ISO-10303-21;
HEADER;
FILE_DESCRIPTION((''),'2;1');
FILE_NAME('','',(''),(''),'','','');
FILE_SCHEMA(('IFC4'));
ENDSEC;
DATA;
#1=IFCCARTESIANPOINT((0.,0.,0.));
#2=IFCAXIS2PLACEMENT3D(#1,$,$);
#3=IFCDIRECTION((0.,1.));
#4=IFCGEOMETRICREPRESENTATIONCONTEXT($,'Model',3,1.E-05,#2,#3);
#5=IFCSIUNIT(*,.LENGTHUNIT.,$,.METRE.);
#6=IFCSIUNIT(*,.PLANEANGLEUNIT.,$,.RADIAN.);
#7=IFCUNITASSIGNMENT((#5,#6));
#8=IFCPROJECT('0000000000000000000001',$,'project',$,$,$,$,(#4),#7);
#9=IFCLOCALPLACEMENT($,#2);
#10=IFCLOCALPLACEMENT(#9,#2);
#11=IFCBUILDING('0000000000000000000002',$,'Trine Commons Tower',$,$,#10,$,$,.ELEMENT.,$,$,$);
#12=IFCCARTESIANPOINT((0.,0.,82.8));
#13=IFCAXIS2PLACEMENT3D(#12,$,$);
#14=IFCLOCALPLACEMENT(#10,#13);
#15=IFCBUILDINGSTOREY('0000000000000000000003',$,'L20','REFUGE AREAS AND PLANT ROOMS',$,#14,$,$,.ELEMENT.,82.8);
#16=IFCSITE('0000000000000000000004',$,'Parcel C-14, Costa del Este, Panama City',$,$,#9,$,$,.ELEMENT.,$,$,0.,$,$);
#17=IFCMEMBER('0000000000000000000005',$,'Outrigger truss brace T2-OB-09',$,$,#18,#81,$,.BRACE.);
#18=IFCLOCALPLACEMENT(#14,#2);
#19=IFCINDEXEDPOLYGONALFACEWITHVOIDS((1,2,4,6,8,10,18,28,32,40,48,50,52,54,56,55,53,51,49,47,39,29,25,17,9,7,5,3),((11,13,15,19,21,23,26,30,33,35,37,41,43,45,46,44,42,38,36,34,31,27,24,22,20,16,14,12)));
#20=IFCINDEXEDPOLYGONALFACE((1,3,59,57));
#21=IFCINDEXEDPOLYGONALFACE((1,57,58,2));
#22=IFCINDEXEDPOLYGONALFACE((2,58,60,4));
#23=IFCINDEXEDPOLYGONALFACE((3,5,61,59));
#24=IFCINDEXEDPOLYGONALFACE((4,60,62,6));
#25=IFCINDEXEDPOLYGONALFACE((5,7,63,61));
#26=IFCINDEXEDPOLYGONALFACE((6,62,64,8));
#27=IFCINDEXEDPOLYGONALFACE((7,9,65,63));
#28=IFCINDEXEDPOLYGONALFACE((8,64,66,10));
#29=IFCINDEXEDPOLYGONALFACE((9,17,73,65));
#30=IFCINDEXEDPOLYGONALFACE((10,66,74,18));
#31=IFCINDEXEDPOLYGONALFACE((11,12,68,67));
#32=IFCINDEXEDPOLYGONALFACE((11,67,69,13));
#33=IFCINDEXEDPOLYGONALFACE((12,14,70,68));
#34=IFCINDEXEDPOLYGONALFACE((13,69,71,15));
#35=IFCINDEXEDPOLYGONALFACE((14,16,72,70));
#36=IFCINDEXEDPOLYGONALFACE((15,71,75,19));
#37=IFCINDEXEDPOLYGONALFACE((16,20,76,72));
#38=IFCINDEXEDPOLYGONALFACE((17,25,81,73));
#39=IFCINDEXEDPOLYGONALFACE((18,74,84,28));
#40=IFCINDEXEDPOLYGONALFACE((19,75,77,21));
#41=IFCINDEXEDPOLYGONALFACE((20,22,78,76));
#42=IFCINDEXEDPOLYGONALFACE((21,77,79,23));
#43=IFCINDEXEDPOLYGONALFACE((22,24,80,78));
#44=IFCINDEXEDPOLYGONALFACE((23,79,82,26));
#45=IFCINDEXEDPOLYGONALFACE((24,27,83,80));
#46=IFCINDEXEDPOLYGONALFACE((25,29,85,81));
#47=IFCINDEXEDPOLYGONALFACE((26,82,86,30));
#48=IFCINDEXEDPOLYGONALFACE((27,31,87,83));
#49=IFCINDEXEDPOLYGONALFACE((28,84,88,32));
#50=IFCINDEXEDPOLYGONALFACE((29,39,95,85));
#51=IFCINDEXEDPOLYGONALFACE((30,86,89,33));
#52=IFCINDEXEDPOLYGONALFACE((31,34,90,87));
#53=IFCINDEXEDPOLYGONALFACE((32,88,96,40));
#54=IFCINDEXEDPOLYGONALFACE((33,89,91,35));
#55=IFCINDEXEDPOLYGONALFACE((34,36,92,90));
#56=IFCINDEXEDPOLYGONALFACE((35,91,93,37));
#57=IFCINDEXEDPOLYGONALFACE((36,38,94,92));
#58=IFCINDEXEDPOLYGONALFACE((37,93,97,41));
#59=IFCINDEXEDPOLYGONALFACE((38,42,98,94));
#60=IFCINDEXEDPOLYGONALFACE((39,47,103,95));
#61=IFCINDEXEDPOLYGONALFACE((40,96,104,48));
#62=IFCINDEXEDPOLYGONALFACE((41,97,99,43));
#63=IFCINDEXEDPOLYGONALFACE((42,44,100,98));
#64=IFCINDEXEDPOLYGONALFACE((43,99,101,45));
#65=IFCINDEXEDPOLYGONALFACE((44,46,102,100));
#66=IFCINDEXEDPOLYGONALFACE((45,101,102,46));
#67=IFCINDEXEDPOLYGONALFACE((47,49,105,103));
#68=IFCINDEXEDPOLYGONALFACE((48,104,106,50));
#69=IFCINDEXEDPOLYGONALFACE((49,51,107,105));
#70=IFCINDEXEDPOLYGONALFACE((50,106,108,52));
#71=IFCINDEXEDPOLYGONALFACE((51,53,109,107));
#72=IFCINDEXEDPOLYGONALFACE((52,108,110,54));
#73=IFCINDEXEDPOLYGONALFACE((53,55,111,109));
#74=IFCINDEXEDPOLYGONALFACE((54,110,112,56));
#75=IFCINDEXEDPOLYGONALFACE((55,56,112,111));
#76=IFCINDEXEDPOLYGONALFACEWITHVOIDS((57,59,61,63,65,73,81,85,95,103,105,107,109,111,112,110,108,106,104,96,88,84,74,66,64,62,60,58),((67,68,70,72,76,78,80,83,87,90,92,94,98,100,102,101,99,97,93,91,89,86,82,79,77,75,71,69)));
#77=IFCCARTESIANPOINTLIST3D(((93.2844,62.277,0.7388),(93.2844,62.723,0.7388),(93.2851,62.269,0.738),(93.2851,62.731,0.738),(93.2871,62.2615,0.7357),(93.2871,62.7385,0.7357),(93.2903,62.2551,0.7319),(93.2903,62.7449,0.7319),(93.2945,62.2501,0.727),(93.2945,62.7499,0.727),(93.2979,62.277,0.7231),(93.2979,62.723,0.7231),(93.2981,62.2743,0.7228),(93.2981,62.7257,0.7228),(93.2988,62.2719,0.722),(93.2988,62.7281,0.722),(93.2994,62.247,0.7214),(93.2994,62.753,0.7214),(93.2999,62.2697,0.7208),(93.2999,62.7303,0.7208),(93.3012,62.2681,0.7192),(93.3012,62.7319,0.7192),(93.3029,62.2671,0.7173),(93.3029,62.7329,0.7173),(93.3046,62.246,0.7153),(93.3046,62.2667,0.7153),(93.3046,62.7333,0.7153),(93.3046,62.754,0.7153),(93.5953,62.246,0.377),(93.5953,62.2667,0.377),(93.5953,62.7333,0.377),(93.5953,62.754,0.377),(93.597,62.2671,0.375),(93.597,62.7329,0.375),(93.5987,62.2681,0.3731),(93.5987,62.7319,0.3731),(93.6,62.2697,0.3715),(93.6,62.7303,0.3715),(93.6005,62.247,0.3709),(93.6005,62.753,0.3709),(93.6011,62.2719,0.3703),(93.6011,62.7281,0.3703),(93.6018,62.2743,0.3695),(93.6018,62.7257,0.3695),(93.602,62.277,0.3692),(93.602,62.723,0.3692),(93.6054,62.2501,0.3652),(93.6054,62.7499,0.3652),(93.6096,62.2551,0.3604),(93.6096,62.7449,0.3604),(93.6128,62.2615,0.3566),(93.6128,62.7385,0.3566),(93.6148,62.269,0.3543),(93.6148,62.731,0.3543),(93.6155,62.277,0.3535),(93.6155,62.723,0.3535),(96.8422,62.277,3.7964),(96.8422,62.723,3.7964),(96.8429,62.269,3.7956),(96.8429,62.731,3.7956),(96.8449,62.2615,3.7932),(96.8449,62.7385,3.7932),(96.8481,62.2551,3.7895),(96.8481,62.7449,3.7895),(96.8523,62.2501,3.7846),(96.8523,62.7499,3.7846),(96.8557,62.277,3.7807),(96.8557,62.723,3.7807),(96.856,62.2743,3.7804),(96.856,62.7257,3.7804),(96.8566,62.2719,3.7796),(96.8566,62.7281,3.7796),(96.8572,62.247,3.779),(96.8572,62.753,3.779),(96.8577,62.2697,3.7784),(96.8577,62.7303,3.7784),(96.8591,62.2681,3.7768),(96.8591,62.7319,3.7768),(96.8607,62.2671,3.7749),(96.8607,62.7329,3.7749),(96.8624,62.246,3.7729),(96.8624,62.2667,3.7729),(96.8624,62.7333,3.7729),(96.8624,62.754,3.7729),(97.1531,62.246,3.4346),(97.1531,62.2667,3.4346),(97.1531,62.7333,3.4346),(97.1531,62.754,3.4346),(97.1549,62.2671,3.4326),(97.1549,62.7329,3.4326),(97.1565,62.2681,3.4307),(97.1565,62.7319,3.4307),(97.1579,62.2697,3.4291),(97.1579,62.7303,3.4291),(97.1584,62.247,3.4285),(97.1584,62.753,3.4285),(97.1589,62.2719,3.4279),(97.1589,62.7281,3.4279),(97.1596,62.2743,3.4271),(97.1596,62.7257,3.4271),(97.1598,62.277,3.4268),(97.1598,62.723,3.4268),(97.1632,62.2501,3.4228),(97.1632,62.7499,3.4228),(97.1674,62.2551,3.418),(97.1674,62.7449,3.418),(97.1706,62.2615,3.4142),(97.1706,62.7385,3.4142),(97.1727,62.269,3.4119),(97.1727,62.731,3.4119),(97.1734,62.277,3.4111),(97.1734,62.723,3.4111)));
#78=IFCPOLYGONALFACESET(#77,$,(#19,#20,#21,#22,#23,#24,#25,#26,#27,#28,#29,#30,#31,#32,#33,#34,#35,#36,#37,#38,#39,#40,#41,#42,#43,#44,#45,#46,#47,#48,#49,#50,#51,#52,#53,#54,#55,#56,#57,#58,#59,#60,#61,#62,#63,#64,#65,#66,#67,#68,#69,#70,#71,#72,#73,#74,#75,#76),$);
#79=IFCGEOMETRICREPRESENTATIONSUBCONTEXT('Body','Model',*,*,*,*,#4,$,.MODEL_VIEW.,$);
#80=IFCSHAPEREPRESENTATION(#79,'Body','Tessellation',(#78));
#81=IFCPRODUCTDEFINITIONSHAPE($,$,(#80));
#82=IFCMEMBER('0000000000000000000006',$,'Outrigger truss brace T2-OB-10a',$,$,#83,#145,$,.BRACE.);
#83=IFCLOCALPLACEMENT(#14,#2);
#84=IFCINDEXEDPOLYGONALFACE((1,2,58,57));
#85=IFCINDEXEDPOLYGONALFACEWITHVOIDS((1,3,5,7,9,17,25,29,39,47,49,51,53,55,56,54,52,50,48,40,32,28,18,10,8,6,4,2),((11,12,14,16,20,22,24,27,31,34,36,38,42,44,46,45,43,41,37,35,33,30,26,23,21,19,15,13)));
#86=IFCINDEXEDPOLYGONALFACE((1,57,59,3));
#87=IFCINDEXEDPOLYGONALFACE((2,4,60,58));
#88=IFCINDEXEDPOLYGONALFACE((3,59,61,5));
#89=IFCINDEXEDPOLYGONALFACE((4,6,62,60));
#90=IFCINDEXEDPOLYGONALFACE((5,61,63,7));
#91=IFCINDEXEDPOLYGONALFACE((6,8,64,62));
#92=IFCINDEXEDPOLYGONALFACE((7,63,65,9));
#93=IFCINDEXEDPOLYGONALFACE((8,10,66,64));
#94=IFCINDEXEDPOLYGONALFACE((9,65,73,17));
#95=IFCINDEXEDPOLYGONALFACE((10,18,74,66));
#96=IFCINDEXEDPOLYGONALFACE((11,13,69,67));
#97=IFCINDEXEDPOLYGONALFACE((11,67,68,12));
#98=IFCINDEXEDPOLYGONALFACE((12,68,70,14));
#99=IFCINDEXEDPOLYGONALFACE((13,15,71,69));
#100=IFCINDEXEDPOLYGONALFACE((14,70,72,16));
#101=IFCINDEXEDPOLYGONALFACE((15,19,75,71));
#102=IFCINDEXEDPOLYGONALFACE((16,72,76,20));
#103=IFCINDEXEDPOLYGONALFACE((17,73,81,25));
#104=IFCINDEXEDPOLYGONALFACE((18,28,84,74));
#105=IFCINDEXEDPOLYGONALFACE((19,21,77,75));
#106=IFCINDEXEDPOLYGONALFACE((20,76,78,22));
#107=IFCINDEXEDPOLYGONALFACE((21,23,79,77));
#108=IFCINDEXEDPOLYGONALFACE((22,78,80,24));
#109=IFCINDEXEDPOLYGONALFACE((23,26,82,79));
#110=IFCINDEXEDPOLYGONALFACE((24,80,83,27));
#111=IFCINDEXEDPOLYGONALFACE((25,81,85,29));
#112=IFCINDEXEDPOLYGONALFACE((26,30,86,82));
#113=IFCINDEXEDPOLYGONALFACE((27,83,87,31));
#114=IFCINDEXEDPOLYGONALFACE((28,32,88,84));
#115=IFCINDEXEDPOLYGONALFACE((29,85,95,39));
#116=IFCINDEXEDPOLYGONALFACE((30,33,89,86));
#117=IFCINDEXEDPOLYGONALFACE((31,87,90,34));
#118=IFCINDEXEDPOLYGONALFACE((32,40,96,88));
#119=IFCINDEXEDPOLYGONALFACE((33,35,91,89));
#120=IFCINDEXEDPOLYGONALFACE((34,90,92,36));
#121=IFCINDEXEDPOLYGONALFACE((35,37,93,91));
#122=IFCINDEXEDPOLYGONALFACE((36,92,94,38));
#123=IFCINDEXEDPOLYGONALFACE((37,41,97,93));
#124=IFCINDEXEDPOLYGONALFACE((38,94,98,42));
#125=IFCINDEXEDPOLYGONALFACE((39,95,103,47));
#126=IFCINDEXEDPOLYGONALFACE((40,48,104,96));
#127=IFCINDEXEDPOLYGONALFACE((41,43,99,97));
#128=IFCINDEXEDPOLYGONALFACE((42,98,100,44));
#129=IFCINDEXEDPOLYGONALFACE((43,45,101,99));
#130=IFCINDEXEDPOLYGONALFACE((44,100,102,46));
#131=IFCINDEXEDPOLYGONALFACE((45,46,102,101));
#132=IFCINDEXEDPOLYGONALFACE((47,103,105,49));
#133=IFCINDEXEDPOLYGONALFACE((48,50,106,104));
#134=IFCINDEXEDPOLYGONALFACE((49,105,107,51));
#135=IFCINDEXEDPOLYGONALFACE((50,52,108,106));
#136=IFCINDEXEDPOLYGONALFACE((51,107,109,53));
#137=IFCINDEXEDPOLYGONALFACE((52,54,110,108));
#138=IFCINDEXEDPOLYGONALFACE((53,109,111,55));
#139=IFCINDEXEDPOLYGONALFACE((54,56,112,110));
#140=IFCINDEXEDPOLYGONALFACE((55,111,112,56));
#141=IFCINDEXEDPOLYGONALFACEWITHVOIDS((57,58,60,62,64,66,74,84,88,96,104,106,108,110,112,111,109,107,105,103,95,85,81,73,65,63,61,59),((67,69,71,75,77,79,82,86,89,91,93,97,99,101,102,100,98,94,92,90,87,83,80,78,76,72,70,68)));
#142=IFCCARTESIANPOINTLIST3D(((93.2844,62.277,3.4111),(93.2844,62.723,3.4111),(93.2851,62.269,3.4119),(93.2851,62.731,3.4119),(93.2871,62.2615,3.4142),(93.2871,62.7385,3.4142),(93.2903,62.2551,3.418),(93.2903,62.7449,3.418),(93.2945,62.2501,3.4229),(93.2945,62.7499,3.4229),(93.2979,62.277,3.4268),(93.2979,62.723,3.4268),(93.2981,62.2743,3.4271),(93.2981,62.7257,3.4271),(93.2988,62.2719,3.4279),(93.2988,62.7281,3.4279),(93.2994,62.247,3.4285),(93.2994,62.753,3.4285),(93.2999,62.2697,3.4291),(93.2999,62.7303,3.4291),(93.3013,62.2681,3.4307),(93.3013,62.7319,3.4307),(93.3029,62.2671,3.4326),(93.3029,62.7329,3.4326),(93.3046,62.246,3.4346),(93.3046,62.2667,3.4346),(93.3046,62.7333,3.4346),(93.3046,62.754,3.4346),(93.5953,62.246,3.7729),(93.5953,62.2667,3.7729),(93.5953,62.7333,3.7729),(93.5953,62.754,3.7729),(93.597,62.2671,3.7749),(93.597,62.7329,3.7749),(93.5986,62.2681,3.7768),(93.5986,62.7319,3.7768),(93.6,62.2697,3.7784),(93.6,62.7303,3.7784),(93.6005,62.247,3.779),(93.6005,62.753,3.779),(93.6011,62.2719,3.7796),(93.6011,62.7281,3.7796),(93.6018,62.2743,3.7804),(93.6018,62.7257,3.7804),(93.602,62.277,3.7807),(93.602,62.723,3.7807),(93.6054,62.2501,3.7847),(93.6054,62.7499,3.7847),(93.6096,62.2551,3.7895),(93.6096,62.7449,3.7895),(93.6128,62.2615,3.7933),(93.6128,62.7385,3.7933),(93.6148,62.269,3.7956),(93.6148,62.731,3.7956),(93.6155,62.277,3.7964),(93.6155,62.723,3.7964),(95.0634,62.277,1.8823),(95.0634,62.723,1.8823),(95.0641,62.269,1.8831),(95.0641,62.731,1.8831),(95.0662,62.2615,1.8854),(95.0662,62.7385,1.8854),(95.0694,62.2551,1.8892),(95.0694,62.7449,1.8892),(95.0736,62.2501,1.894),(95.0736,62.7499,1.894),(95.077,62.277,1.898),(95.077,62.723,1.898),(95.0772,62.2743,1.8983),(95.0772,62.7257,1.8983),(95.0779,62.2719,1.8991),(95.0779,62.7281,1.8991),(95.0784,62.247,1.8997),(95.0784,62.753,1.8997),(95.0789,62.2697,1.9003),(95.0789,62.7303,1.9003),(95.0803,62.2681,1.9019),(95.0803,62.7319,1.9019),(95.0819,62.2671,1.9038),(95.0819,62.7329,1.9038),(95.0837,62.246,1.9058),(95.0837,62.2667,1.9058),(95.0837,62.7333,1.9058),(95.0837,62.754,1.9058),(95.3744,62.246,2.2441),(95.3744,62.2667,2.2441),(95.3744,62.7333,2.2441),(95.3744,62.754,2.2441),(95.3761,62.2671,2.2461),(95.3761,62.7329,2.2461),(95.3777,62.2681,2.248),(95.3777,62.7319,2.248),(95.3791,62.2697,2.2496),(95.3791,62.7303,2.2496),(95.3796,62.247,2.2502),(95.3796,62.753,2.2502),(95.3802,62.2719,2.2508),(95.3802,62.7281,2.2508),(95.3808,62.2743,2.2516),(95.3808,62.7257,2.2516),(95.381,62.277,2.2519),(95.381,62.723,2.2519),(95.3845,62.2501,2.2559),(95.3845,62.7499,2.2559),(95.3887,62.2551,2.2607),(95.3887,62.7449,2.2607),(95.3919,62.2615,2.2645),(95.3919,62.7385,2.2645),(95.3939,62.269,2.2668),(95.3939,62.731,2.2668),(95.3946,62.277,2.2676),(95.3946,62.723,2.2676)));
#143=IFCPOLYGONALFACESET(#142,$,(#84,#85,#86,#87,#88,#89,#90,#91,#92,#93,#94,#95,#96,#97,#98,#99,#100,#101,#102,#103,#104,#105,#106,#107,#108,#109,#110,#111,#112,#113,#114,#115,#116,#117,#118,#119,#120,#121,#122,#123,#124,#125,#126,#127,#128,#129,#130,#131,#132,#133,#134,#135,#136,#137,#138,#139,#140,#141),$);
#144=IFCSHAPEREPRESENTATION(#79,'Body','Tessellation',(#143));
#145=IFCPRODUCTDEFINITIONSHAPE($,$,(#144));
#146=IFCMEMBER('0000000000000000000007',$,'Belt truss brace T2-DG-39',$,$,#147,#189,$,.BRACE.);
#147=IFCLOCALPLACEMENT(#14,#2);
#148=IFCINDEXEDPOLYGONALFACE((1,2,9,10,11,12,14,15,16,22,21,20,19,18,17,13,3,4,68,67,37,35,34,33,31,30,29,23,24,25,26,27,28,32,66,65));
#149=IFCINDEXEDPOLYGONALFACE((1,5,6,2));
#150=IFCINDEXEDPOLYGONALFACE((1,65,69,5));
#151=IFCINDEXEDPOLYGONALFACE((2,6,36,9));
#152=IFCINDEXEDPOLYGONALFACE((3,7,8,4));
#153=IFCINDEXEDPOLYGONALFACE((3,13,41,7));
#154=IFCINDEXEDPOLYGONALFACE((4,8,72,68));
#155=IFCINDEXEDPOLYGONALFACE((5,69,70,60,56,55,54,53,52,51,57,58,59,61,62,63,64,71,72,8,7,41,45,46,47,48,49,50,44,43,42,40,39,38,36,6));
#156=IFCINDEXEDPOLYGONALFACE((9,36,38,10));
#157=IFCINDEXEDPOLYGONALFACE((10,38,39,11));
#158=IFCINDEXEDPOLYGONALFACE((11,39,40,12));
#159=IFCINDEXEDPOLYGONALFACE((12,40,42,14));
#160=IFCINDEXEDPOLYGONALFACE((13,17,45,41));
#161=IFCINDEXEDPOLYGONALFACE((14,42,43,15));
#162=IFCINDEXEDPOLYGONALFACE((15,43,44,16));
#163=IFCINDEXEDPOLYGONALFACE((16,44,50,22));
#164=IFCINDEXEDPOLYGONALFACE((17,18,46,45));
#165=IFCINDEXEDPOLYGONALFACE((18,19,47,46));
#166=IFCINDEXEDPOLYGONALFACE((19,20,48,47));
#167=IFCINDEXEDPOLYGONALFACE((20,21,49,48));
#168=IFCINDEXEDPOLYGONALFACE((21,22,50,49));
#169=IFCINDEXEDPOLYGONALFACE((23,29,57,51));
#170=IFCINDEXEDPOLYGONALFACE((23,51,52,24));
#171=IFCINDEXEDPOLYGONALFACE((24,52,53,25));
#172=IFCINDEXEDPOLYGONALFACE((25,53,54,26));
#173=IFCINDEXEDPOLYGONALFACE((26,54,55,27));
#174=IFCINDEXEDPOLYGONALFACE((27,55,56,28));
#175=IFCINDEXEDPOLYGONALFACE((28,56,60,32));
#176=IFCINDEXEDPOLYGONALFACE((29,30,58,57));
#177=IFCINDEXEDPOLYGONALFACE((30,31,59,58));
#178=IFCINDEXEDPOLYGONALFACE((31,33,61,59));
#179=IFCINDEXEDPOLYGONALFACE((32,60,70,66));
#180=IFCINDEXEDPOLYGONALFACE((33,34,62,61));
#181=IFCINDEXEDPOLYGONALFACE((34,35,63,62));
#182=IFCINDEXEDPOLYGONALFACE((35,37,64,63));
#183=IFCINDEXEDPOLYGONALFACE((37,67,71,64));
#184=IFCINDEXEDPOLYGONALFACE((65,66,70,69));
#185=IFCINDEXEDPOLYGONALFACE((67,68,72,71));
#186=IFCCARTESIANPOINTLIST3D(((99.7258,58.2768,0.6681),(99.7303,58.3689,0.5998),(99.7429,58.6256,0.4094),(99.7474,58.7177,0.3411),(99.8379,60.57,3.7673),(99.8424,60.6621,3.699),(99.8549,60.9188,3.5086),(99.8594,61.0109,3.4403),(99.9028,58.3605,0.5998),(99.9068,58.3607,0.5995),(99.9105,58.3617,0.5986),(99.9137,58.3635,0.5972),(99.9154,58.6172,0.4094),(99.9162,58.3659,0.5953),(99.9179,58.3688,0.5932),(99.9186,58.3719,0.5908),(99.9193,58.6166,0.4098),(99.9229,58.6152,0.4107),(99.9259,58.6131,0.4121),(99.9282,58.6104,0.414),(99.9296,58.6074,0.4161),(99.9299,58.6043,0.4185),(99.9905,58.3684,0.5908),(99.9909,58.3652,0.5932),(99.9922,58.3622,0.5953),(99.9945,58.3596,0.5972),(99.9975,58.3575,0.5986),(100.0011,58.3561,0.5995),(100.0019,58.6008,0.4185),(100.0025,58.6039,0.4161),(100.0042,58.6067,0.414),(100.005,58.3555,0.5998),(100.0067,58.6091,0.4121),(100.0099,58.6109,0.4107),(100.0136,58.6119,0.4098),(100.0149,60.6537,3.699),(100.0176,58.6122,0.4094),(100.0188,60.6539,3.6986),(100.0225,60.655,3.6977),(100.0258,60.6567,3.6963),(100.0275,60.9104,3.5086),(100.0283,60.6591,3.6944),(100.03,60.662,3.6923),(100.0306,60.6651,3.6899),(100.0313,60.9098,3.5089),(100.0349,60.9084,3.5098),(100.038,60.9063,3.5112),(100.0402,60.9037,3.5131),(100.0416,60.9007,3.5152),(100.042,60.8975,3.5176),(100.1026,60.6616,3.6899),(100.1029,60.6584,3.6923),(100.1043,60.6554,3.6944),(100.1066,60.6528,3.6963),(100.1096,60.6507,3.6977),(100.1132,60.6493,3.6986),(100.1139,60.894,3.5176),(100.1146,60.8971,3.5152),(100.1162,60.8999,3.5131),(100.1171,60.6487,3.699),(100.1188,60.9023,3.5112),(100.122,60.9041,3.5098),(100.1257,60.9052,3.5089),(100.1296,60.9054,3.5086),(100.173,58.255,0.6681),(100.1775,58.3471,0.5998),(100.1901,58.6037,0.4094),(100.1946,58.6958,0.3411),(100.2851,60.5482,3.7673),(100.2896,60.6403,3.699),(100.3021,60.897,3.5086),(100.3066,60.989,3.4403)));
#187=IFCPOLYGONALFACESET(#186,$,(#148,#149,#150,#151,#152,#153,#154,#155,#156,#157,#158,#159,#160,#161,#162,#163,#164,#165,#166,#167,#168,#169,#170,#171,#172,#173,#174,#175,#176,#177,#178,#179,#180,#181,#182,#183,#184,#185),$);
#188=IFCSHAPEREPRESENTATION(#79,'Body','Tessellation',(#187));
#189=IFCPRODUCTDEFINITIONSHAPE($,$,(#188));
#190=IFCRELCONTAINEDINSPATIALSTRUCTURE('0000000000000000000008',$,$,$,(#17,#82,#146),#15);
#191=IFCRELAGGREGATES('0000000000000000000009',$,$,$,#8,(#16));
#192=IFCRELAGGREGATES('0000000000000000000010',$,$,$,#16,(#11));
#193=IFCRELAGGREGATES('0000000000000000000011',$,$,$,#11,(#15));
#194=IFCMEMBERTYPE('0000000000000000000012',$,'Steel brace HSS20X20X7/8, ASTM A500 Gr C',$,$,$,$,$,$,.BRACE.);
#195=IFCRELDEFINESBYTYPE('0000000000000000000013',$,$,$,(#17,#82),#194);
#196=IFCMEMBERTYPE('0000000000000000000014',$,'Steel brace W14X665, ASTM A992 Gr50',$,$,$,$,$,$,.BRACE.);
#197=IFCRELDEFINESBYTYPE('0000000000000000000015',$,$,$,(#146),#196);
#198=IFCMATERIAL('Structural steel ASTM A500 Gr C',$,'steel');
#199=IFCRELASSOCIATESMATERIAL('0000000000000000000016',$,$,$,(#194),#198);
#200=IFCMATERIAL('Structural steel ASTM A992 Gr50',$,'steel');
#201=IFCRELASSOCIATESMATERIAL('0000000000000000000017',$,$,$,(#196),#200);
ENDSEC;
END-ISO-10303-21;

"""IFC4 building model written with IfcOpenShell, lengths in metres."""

from ifc_helpers import new_model, si_unit, direction, frame, origin, origin_2d, place, context, subcontext, project, spatial, hollow_rectangle, i_section, extrude, material, material_profile, profile_set, type_object, element, save


model = new_model("IFC4")

# Units and contexts
model_context = context("Model", 3, precision=1e-05, world=origin(), true_north=direction((0.0, 1.0)))
body_context = subcontext(model_context, "Body", "Model", "MODEL_VIEW")
ifc_project = project(units=[si_unit("LENGTHUNIT", "METRE"), si_unit("PLANEANGLEUNIT", "RADIAN")], contexts=[model_context])

# Site, building, storey
site_placement = place(None, origin())
site = spatial("IfcSite", under=ifc_project, at=site_placement, Name="Parcel C-14, Costa del Este, Panama City", CompositionType="ELEMENT", RefElevation=0.0)
building_placement = place(site_placement, origin())
building = spatial("IfcBuilding", under=site, at=building_placement, Name="Trine Commons Tower", CompositionType="ELEMENT")
storey_placement = place(building_placement, frame((0.0, 0.0, 82.8)))
storey = spatial("IfcBuildingStorey", under=building, at=storey_placement, Name="L20", Description="REFUGE AREAS AND PLANT ROOMS", CompositionType="ELEMENT", Elevation=82.8)

# Members
ifc_material_1 = material(Name="Structural steel ASTM A500 Gr C", Category="steel")
ifc_material_profile_1 = material_profile(ifc_material_1, hollow_rectangle(XDim=0.5081, YDim=0.5081, WallThickness=0.0208, InnerFilletRadius=0.0103, OuterFilletRadius=0.031, at=origin_2d()), Name="HSS20X20X7/8")
ifc_profile_set_1 = profile_set([ifc_material_profile_1], Name="Structural steel ASTM A500 Gr C")
member_type_1 = type_object("IfcMemberType", Name="Steel brace HSS20X20X7/8, ASTM A500 Gr C", PredefinedType="BRACE", material=ifc_profile_set_1)
member_1_placement = place(storey_placement, frame((93.45, 62.5, 0.5461), z_axis=(0.758411, 0.0, 0.651777), x_axis=(0.0, 1.0, 0.0)))
element("IfcMember", 1, at=member_1_placement, inside=storey, type_object=member_type_1, Name="Outrigger truss brace T2-OB-09", PredefinedType="BRACE", context=body_context, shape_type="SweptSolid", body=[
    extrude(hollow_rectangle(XDim=0.5081, YDim=0.5081, WallThickness=0.0208, InnerFilletRadius=0.0103, OuterFilletRadius=0.031, at=origin_2d()), origin(), (0.0, 0.0, 1.0), 4.6912),
])
member_2_placement = place(storey_placement, frame((93.45, 62.5, 3.6038), z_axis=(0.758433, 0.0, -0.651751), x_axis=(0.0, 1.0, 0.0)))
element("IfcMember", 2, at=member_2_placement, inside=storey, type_object=member_type_1, Name="Outrigger truss brace T2-OB-10a", PredefinedType="BRACE", context=body_context, shape_type="SweptSolid", body=[
    extrude(hollow_rectangle(XDim=0.5081, YDim=0.5081, WallThickness=0.0208, InnerFilletRadius=0.0103, OuterFilletRadius=0.031, at=origin_2d()), origin(), (0.0, 0.0, 1.0), 2.3457),
])
ifc_material_2 = material(Name="Structural steel ASTM A992 Gr50", Category="steel")
ifc_material_profile_2 = material_profile(ifc_material_2, i_section(OverallWidth=0.4478, OverallDepth=0.5493, WebThickness=0.072, FlangeThickness=0.1147, FilletRadius=0.0151, at=origin_2d()), Name="W14X665")
ifc_profile_set_2 = profile_set([ifc_material_profile_2], Name="Structural steel ASTM A992 Gr50")
member_type_2 = type_object("IfcMemberType", Name="Steel brace W14X665, ASTM A992 Gr50", PredefinedType="BRACE", material=ifc_profile_set_2)
member_3_placement = place(storey_placement, frame((99.9602, 58.4863, 0.5046), z_axis=(0.029054, 0.594569, 0.803519), x_axis=(-0.998808, 0.048808, 0.0)))
element("IfcMember", 3, at=member_3_placement, inside=storey, type_object=member_type_2, Name="Belt truss brace T2-DG-39", PredefinedType="BRACE", context=body_context, shape_type="SweptSolid", body=[
    extrude(i_section(OverallWidth=0.4478, OverallDepth=0.5493, WebThickness=0.072, FlangeThickness=0.1147, FilletRadius=0.0151, at=origin_2d()), origin(), (0.0, 0.0, 1.0), 3.8569),
])

save(model, "model.ifc")
